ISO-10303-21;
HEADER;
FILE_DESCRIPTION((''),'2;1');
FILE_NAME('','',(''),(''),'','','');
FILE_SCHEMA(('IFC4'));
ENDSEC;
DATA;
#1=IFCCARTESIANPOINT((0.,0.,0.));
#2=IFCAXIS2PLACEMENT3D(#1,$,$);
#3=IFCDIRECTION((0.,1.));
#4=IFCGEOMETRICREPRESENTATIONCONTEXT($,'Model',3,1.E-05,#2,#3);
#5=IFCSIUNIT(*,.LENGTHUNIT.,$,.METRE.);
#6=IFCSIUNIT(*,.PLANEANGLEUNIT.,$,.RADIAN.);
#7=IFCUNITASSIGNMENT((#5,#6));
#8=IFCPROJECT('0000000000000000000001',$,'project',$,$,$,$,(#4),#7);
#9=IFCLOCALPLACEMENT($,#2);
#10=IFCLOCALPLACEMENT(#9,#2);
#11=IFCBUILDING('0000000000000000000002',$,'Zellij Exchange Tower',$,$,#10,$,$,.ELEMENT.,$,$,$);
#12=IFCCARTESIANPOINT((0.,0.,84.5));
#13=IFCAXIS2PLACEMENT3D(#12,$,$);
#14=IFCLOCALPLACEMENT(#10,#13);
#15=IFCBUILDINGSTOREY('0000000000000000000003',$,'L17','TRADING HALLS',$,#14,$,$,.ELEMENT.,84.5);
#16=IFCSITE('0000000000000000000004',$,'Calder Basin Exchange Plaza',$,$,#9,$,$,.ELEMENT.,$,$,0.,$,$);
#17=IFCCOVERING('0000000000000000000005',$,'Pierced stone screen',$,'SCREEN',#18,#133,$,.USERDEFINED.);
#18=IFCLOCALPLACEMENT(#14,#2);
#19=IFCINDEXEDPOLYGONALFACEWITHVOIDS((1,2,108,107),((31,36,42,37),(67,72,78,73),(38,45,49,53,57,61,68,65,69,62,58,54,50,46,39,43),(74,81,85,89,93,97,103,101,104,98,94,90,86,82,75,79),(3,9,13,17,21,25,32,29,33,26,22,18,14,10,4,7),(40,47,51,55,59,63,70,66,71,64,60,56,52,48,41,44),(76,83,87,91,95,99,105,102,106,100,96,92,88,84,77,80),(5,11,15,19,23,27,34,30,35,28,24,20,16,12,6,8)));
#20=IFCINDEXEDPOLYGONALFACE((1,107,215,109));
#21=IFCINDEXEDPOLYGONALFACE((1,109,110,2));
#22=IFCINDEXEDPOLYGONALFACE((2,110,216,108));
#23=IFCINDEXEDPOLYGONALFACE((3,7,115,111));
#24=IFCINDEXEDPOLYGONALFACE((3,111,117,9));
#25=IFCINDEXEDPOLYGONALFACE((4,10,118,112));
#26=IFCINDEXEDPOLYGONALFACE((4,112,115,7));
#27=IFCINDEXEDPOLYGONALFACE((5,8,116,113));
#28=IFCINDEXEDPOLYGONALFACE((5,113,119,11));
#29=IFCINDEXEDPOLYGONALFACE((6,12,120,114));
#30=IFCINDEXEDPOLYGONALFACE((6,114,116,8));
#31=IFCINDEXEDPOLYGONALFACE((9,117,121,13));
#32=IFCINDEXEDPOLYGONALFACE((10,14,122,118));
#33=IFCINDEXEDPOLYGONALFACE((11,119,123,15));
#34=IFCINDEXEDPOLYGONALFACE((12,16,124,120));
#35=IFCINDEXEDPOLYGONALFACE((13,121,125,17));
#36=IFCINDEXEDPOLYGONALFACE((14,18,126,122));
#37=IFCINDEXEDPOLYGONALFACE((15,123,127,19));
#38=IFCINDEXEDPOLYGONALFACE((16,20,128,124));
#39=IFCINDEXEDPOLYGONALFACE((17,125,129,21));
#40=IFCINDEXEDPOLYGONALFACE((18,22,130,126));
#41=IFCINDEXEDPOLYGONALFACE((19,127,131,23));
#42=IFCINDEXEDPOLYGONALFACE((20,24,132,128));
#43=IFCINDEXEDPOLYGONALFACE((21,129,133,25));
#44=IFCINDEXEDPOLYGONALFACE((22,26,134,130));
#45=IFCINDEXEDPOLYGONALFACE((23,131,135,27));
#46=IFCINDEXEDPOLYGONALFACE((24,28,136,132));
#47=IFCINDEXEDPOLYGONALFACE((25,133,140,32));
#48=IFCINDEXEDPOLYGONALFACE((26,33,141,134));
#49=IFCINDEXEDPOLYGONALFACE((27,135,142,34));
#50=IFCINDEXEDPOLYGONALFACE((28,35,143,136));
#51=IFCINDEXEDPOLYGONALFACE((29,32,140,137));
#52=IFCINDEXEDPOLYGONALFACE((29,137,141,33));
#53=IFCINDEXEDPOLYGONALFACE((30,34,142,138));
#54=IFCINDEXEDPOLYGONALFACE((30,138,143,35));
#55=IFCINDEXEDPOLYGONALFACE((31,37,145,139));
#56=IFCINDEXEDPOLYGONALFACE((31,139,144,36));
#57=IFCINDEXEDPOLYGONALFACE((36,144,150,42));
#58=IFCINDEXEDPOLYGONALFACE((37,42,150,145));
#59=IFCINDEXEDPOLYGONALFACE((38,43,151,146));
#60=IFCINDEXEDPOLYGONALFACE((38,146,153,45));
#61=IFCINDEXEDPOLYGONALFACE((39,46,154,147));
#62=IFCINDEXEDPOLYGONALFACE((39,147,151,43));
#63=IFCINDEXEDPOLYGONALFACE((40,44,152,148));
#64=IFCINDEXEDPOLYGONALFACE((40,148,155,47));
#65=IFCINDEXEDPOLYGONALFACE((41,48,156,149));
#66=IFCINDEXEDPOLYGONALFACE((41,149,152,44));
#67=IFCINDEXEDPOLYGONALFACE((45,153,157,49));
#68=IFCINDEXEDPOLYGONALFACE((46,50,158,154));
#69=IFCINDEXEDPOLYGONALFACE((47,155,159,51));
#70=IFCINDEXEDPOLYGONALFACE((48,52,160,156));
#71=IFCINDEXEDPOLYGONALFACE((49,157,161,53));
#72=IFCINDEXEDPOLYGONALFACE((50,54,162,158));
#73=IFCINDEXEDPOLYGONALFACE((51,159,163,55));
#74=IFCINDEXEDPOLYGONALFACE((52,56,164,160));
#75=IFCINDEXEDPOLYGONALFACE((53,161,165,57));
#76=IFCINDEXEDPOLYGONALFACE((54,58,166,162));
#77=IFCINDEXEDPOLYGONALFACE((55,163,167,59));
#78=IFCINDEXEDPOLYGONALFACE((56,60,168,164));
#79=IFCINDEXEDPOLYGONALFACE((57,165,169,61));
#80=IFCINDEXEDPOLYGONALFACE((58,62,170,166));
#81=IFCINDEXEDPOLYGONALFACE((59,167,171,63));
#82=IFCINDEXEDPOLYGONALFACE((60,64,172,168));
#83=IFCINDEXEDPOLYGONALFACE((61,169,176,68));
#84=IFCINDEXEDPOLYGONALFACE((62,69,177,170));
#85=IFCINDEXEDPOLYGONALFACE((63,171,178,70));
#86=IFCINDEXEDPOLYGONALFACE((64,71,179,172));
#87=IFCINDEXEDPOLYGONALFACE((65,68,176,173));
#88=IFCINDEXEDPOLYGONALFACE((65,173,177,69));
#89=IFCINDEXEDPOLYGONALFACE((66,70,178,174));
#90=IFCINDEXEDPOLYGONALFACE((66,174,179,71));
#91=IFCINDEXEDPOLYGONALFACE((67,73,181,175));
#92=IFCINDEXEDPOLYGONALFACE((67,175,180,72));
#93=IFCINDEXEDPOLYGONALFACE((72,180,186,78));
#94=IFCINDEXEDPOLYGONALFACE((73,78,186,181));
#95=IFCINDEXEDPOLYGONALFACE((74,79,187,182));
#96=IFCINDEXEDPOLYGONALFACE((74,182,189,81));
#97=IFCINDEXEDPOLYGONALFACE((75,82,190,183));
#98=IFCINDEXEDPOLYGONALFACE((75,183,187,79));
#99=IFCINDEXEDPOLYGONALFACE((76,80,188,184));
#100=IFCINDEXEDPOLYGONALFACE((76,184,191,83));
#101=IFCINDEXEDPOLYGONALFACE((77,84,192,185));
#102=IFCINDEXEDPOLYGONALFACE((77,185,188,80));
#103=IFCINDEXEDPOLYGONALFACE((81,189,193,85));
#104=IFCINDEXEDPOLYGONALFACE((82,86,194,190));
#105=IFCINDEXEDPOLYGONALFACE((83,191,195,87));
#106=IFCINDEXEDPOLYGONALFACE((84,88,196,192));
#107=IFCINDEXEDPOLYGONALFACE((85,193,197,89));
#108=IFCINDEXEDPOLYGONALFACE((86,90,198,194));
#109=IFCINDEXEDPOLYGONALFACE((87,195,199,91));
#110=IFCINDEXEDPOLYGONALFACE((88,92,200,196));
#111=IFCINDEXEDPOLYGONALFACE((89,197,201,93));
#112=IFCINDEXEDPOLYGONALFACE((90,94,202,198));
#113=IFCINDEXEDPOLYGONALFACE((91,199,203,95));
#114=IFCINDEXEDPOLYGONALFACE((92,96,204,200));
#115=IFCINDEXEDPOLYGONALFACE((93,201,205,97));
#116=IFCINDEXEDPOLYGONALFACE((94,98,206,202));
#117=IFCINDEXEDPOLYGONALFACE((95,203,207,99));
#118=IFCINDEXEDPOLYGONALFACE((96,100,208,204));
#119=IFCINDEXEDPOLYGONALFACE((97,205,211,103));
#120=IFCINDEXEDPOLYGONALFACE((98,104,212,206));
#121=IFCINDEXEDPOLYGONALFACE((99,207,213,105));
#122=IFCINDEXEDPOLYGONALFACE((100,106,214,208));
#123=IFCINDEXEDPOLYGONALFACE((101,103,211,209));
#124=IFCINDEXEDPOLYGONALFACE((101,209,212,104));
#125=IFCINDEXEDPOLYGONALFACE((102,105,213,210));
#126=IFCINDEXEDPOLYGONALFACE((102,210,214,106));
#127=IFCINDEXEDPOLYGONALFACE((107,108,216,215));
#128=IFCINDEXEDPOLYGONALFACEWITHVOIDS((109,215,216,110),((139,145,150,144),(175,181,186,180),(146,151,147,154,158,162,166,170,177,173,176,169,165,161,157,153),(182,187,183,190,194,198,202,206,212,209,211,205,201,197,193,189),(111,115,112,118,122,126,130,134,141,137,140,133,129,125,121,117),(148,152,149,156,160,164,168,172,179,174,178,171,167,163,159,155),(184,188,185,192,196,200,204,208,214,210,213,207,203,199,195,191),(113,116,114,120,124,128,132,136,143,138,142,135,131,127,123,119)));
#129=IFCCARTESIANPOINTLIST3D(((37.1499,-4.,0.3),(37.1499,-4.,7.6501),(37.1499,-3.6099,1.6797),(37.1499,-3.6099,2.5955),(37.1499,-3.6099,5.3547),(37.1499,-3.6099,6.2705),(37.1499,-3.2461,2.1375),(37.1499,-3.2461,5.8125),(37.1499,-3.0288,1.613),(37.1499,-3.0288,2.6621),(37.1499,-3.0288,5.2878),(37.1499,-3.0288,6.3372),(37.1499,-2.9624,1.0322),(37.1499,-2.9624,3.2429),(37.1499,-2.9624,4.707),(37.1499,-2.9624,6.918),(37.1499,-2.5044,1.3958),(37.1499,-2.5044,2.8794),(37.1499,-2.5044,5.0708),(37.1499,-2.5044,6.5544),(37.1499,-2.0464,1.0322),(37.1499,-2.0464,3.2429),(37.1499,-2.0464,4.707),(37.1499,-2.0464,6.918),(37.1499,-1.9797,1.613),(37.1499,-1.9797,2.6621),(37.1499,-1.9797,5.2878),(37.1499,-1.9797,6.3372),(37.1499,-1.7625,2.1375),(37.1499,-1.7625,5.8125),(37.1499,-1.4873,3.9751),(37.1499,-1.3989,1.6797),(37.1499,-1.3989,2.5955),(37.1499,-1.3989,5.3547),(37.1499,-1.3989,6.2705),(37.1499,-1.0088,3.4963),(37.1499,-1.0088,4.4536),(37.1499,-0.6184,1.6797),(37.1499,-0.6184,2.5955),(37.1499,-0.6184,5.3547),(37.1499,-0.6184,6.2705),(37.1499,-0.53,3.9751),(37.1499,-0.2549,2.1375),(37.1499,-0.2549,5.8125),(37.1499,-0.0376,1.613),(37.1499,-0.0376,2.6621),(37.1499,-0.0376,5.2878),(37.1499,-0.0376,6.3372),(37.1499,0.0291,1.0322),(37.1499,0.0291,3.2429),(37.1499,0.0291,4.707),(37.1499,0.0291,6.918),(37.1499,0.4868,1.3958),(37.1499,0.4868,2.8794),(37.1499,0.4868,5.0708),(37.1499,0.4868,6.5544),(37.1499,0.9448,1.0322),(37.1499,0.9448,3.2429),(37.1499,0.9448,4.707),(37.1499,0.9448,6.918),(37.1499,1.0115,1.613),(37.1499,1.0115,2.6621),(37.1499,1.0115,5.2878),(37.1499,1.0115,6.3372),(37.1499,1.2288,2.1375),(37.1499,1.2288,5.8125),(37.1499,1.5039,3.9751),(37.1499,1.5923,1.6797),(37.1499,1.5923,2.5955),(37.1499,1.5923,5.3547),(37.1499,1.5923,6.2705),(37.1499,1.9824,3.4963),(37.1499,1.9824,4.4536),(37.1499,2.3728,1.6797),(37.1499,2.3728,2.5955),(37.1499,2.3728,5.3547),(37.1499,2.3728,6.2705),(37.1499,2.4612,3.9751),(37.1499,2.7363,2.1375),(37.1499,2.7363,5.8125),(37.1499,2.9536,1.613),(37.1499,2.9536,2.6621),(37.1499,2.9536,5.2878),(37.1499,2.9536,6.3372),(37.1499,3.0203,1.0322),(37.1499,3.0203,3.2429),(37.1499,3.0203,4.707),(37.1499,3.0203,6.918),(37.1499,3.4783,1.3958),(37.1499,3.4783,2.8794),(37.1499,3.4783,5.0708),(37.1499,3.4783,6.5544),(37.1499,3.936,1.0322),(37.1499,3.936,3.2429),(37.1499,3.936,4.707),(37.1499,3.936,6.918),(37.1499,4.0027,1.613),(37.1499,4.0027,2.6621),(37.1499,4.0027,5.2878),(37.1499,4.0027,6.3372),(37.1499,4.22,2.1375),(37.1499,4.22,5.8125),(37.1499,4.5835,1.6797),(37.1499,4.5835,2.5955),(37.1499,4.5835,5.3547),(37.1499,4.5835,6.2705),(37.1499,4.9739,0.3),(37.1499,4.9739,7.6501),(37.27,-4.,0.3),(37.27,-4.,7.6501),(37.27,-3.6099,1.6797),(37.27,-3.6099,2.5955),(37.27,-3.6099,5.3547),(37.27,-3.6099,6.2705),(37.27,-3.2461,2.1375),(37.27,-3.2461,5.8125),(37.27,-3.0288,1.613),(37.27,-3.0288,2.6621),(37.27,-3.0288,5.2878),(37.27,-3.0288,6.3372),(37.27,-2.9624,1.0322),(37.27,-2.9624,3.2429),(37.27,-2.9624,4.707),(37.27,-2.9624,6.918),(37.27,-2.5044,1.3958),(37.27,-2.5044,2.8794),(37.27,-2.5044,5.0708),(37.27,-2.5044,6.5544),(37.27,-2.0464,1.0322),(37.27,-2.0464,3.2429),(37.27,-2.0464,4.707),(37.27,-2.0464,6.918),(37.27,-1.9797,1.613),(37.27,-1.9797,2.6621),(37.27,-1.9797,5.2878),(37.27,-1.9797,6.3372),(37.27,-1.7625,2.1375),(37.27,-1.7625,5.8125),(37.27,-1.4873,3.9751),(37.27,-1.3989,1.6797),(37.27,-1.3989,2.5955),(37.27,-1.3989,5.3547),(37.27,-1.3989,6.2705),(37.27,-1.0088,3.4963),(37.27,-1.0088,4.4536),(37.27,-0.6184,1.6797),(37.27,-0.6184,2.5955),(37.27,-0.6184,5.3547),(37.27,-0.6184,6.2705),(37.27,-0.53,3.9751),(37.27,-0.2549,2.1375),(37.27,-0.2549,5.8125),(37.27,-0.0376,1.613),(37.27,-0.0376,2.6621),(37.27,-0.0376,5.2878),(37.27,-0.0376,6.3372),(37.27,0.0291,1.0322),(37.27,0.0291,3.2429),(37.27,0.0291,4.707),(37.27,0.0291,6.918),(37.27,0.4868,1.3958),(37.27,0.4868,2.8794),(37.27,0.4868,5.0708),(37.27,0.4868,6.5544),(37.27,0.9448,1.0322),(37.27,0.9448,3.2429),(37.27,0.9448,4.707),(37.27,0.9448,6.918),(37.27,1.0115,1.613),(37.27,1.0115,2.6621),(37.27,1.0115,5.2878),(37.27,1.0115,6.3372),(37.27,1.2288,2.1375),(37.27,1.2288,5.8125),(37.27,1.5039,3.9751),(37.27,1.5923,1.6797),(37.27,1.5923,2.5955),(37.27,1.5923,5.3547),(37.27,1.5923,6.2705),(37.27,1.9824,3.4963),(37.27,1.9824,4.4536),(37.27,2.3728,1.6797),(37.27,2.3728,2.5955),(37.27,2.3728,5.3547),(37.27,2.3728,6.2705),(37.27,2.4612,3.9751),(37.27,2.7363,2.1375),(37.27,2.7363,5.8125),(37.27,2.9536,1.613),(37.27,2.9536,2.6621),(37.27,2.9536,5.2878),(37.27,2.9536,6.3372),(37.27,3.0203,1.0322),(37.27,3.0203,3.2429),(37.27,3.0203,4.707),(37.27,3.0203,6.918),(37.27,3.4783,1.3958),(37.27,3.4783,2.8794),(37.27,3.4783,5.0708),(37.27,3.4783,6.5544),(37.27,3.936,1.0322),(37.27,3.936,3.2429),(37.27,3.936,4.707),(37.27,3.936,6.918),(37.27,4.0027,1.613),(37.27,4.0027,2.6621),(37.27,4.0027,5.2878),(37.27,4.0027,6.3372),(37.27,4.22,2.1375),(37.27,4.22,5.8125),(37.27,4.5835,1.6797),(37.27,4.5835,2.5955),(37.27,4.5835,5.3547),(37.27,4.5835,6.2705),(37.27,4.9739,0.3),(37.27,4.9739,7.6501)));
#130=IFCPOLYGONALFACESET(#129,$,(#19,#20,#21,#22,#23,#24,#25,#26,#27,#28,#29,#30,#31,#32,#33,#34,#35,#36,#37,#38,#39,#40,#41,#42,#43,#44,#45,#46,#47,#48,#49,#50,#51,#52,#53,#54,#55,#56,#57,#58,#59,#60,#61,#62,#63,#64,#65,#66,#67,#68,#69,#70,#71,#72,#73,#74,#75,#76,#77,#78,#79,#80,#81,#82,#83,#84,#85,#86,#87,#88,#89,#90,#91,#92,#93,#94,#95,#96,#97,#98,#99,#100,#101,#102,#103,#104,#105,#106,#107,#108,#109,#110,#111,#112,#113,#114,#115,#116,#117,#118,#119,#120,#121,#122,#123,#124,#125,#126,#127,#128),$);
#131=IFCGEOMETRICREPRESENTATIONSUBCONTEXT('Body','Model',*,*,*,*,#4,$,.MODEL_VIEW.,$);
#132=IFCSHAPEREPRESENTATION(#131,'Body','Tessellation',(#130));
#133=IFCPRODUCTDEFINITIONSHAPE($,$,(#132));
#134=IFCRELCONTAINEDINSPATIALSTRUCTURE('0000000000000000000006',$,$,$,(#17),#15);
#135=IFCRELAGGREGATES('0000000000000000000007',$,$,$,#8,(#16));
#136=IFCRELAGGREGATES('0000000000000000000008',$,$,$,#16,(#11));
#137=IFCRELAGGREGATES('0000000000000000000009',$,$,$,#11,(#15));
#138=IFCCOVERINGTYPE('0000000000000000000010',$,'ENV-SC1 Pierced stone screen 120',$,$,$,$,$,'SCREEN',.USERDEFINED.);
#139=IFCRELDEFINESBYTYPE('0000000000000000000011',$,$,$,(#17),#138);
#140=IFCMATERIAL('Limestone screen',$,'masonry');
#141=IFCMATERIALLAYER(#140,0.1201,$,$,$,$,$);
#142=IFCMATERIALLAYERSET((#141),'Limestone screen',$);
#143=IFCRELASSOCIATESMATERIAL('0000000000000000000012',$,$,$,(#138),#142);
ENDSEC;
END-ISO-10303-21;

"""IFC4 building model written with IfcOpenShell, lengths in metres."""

from ifc_helpers import new_model, si_unit, direction, frame, origin, place, context, subcontext, project, spatial, polyline, outline, extrude, material, layer, layer_set, type_object, element, save


model = new_model("IFC4")

# Units and contexts
model_context = context("Model", 3, precision=1e-05, world=origin(), true_north=direction((0.0, 1.0)))
body_context = subcontext(model_context, "Body", "Model", "MODEL_VIEW")
ifc_project = project(units=[si_unit("LENGTHUNIT", "METRE"), si_unit("PLANEANGLEUNIT", "RADIAN")], contexts=[model_context])

# Site, building, storey
site_placement = place(None, origin())
site = spatial("IfcSite", under=ifc_project, at=site_placement, Name="Calder Basin Exchange Plaza", CompositionType="ELEMENT", RefElevation=0.0)
building_placement = place(site_placement, origin())
building = spatial("IfcBuilding", under=site, at=building_placement, Name="Zellij Exchange Tower", CompositionType="ELEMENT")
storey_placement = place(building_placement, frame((0.0, 0.0, 84.5)))
storey = spatial("IfcBuildingStorey", under=building, at=storey_placement, Name="L17", Description="TRADING HALLS", CompositionType="ELEMENT", Elevation=84.5)

# Covering
ifc_material_1 = material(Name="Limestone screen", Category="masonry")
ifc_layer_1 = layer(ifc_material_1, 0.1201)
ifc_layer_set_1 = layer_set([ifc_layer_1], Name="Limestone screen")
covering_type = type_object("IfcCoveringType", Name="ENV-SC1 Pierced stone screen 120", ElementType="SCREEN", PredefinedType="USERDEFINED", material=ifc_layer_set_1)
covering_1_placement = place(storey_placement, frame((37.21, -4.0, 0.3), z_axis=(0.0, 0.0, 1.0), x_axis=(0.0, 1.0, 0.0)))
element("IfcCovering", 1, at=covering_1_placement, inside=storey, type_object=covering_type, Name="Pierced stone screen", ObjectType="SCREEN", PredefinedType="USERDEFINED", context=body_context, shape_type="SweptSolid", body=[
    extrude(outline(polyline([(0.0, 0.0), (8.9739, 0.0), (8.9739, 7.3501), (0.0, 7.3501), (0.0, 0.0)]), holes=[polyline([(2.6011, 2.2954), (2.0203, 2.3621), (1.9536, 2.9429), (1.4956, 2.5793), (1.0376, 2.9429), (0.9712, 2.3621), (0.3901, 2.2954), (0.7539, 1.8374), (0.3901, 1.3796), (0.9712, 1.313), (1.0376, 0.7322), (1.4956, 1.0957), (1.9536, 0.7322), (2.0203, 1.313), (2.6011, 1.3796), (2.2375, 1.8374), (2.6011, 2.2954)]), polyline([(2.6011, 5.9705), (2.0203, 6.0371), (1.9536, 6.6179), (1.4956, 6.2544), (1.0376, 6.6179), (0.9712, 6.0371), (0.3901, 5.9705), (0.7539, 5.5125), (0.3901, 5.0547), (0.9712, 4.9878), (1.0376, 4.407), (1.4956, 4.7708), (1.9536, 4.407), (2.0203, 4.9878), (2.6011, 5.0547), (2.2375, 5.5125), (2.6011, 5.9705)]), polyline([(5.5923, 2.2954), (5.0115, 2.3621), (4.9448, 2.9429), (4.4868, 2.5793), (4.0291, 2.9429), (3.9624, 2.3621), (3.3816, 2.2954), (3.7451, 1.8374), (3.3816, 1.3796), (3.9624, 1.313), (4.0291, 0.7322), (4.4868, 1.0957), (4.9448, 0.7322), (5.0115, 1.313), (5.5923, 1.3796), (5.2288, 1.8374), (5.5923, 2.2954)]), polyline([(5.5923, 5.9705), (5.0115, 6.0371), (4.9448, 6.6179), (4.4868, 6.2544), (4.0291, 6.6179), (3.9624, 6.0371), (3.3816, 5.9705), (3.7451, 5.5125), (3.3816, 5.0547), (3.9624, 4.9878), (4.0291, 4.407), (4.4868, 4.7708), (4.9448, 4.407), (5.0115, 4.9878), (5.5923, 5.0547), (5.2288, 5.5125), (5.5923, 5.9705)]), polyline([(8.5835, 2.2954), (8.0027, 2.3621), (7.936, 2.9429), (7.4783, 2.5793), (7.0203, 2.9429), (6.9536, 2.3621), (6.3728, 2.2954), (6.7363, 1.8374), (6.3728, 1.3796), (6.9536, 1.313), (7.0203, 0.7322), (7.4783, 1.0957), (7.936, 0.7322), (8.0027, 1.313), (8.5835, 1.3796), (8.22, 1.8374), (8.5835, 2.2954)]), polyline([(8.5835, 5.9705), (8.0027, 6.0371), (7.936, 6.6179), (7.4783, 6.2544), (7.0203, 6.6179), (6.9536, 6.0371), (6.3728, 5.9705), (6.7363, 5.5125), (6.3728, 5.0547), (6.9536, 4.9878), (7.0203, 4.407), (7.4783, 4.7708), (7.936, 4.407), (8.0027, 4.9878), (8.5835, 5.0547), (8.22, 5.5125), (8.5835, 5.9705)]), polyline([(3.47, 3.675), (2.9912, 4.1536), (2.5127, 3.675), (2.9912, 3.1963), (3.47, 3.675)]), polyline([(6.4612, 3.675), (5.9824, 4.1536), (5.5039, 3.675), (5.9824, 3.1963), (6.4612, 3.675)])]), frame((0.0, 0.0601, 0.0), z_axis=(0.0, -1.0, 0.0), x_axis=(1.0, 0.0, 0.0)), (0.0, 0.0, 1.0), 0.1201),
])

save(model, "model.ifc")
